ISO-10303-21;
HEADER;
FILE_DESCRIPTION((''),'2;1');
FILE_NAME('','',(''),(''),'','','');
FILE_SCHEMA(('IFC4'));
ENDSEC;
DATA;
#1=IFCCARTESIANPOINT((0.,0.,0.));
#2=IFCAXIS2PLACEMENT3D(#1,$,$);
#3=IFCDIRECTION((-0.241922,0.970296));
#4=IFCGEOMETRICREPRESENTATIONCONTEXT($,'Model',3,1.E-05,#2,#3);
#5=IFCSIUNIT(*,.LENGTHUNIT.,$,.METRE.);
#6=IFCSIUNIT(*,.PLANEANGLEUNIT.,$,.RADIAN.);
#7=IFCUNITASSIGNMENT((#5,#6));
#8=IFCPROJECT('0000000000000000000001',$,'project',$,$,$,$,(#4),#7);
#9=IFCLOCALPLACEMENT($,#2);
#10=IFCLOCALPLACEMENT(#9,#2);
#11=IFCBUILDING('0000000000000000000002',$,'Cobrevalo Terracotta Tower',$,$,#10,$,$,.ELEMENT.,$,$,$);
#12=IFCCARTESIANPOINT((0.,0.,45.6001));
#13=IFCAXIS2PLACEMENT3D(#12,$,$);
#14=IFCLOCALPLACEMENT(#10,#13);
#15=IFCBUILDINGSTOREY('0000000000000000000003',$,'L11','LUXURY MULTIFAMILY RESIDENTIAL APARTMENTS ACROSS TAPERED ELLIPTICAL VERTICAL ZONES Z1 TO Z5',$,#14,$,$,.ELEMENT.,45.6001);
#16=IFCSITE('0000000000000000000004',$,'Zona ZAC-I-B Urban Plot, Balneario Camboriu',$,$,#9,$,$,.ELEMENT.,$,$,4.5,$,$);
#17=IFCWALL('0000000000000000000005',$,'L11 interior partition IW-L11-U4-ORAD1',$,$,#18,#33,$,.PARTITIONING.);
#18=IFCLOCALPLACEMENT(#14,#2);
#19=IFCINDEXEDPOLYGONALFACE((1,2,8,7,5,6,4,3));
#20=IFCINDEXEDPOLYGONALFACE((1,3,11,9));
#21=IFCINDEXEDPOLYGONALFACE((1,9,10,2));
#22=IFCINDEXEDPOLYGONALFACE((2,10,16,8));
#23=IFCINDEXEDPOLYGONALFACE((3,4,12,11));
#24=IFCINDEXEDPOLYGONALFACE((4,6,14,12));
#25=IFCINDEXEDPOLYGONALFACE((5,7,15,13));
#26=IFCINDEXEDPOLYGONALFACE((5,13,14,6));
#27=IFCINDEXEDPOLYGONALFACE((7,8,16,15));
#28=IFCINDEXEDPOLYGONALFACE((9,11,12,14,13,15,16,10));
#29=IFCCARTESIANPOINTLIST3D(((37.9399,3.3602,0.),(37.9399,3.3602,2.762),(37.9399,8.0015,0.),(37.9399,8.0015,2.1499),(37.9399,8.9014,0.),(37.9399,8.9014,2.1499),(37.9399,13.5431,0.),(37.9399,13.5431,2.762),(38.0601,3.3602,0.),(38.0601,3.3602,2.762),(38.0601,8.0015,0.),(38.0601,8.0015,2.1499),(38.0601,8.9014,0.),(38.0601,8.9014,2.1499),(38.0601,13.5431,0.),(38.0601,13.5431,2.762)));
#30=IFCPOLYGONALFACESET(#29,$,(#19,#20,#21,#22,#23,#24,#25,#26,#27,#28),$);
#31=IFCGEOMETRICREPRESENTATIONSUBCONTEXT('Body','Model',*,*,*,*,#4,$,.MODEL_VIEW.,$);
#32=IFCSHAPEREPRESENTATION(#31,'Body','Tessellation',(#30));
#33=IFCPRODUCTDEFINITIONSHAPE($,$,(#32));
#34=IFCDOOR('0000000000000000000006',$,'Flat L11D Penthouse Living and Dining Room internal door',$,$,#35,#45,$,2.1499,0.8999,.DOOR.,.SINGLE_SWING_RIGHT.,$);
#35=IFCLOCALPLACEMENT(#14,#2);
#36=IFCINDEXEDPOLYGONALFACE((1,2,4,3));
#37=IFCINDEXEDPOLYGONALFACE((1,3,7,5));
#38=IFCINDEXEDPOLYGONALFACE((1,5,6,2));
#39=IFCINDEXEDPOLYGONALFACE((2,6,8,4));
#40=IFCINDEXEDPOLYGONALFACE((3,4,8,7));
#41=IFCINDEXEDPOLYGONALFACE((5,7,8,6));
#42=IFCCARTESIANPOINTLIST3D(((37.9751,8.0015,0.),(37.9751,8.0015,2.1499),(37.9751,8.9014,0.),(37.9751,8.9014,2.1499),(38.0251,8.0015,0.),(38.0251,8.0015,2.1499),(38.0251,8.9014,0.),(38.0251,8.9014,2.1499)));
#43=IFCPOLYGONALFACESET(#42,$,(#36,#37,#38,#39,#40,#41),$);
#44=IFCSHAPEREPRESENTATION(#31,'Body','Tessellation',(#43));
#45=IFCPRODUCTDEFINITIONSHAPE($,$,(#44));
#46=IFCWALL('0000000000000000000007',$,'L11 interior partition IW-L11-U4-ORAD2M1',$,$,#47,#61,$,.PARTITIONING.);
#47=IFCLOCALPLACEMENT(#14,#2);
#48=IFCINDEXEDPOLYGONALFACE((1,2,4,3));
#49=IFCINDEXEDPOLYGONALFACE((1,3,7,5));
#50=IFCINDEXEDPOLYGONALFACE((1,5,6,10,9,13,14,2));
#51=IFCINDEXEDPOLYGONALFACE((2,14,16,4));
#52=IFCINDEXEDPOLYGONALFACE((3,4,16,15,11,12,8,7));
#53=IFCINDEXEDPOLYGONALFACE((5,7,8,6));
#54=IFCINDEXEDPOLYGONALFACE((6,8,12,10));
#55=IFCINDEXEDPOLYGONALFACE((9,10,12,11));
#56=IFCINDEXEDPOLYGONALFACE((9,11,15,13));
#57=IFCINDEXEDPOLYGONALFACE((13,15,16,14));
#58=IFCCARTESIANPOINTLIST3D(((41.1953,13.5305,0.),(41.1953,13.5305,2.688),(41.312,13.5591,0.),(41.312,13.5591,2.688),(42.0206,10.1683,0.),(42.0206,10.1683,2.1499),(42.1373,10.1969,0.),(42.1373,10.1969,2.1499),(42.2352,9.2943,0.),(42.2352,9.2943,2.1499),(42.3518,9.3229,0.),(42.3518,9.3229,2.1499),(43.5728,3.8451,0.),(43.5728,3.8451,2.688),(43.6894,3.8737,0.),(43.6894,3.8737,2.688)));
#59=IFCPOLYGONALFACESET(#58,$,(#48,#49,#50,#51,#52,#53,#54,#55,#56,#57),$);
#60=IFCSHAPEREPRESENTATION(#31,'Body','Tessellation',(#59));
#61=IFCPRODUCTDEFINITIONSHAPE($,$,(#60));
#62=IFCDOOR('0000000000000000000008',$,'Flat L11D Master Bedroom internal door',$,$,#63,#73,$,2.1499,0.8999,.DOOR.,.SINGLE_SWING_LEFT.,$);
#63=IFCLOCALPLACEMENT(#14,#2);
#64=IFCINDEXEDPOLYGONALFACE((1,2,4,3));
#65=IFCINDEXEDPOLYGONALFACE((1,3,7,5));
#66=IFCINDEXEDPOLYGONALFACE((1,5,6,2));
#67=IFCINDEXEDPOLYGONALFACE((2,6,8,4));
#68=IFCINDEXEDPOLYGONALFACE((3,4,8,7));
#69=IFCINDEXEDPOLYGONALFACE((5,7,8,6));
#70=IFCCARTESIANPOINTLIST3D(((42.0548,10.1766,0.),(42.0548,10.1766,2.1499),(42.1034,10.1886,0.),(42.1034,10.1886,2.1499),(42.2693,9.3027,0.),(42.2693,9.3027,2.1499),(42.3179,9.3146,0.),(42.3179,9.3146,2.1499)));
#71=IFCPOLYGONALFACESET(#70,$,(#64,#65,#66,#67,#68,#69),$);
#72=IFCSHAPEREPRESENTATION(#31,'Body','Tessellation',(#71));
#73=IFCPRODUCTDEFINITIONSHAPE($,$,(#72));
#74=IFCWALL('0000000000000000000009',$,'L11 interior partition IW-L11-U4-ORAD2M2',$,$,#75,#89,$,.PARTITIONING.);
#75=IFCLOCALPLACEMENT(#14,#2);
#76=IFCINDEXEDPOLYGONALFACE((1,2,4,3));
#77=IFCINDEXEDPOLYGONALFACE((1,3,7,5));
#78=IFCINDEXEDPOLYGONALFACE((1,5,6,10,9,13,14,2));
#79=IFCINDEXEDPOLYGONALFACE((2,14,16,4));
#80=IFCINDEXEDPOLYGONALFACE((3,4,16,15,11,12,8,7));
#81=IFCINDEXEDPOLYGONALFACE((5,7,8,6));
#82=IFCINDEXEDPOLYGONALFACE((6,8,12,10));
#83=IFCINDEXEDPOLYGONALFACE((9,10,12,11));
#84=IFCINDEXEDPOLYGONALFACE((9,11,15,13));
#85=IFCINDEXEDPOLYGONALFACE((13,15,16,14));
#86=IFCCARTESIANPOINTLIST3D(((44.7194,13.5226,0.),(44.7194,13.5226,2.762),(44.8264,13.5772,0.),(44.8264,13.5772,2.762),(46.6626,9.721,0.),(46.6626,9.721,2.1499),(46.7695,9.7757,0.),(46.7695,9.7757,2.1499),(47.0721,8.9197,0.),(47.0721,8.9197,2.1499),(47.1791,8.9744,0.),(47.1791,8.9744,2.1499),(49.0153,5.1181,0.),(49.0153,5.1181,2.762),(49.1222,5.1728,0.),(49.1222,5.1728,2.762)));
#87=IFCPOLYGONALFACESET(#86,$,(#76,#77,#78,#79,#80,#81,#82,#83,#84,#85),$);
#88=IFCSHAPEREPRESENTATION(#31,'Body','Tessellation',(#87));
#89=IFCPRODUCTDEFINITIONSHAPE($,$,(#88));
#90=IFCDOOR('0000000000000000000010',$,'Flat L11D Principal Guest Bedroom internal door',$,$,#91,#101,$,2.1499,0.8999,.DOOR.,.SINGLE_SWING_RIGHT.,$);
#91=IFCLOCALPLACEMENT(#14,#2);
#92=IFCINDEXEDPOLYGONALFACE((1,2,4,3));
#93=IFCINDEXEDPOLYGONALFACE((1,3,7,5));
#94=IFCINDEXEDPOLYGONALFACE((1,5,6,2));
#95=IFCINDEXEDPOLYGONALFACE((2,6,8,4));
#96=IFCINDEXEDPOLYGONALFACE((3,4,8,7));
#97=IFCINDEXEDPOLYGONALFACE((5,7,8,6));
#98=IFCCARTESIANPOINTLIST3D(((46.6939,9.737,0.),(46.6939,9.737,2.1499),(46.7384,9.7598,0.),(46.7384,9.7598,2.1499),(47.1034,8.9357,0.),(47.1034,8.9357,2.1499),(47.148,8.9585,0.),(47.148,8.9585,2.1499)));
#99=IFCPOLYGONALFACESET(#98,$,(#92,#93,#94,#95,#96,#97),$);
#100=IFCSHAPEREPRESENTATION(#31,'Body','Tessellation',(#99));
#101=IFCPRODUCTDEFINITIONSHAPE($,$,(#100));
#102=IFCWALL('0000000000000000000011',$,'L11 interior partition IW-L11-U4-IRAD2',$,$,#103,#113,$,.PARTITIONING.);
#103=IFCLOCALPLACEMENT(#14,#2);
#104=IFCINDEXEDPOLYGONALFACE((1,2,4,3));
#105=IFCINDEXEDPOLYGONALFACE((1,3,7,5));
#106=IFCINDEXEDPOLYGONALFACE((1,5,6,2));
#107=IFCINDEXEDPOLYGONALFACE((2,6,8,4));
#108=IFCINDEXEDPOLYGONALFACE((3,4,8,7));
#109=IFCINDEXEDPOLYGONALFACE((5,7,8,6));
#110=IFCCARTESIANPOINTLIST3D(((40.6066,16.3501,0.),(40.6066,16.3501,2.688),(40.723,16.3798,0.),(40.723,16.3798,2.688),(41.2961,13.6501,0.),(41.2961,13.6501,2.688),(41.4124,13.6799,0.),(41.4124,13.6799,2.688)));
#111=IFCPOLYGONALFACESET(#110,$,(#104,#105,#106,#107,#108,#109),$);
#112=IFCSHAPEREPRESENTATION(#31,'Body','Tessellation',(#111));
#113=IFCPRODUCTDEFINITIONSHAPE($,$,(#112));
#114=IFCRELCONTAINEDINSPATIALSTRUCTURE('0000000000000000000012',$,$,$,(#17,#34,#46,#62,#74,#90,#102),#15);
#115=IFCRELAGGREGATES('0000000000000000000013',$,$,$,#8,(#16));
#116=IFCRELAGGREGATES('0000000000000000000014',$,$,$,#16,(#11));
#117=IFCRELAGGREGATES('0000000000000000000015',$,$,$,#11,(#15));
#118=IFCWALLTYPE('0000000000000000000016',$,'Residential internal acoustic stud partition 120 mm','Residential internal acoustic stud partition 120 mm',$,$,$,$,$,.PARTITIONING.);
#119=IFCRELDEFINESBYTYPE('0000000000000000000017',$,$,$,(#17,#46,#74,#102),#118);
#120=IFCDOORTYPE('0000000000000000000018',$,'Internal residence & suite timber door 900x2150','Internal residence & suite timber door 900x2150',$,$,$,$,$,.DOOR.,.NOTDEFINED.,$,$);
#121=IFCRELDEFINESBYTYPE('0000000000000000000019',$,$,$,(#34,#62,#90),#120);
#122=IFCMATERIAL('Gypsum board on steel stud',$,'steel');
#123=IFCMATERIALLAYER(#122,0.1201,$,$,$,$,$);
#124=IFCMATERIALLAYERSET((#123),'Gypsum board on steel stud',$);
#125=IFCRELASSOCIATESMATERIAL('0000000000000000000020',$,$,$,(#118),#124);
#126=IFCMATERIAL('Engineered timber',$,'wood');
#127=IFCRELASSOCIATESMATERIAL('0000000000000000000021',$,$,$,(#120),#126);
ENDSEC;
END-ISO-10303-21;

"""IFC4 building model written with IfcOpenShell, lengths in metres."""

from ifc_helpers import new_model, si_unit, direction, frame, frame_2d, origin, place, context, subcontext, project, spatial, rectangle, extrude, source, transform, mapped, material, layer, layer_set, type_object, element, fill, save


model = new_model("IFC4")

# Units and contexts
model_context = context("Model", 3, precision=1e-05, world=origin(), true_north=direction((-0.241922, 0.970296)))
body_context = subcontext(model_context, "Body", "Model", "MODEL_VIEW")
ifc_project = project(units=[si_unit("LENGTHUNIT", "METRE"), si_unit("PLANEANGLEUNIT", "RADIAN")], contexts=[model_context])

# Site, building, storey
site_placement = place(None, origin())
site = spatial("IfcSite", under=ifc_project, at=site_placement, Name="Zona ZAC-I-B Urban Plot, Balneario Camboriu", CompositionType="ELEMENT", RefElevation=4.5)
building_placement = place(site_placement, origin())
building = spatial("IfcBuilding", under=site, at=building_placement, Name="Cobrevalo Terracotta Tower", CompositionType="ELEMENT")
storey_placement = place(building_placement, frame((0.0, 0.0, 45.6001)))
storey = spatial("IfcBuildingStorey", under=building, at=storey_placement, Name="L11", Description="LUXURY MULTIFAMILY RESIDENTIAL APARTMENTS ACROSS TAPERED ELLIPTICAL VERTICAL ZONES Z1 TO Z5", CompositionType="ELEMENT", Elevation=45.6001)

# Walls, openings, doors
ifc_material_1 = material(Name="Gypsum board on steel stud", Category="steel")
ifc_layer_1 = layer(ifc_material_1, 0.1201)
ifc_layer_set_1 = layer_set([ifc_layer_1], Name="Gypsum board on steel stud")
wall_type = type_object("IfcWallType", Name="Residential internal acoustic stud partition 120 mm", Description="Residential internal acoustic stud partition 120 mm", PredefinedType="PARTITIONING", material=ifc_layer_set_1)
wall_1_placement = place(storey_placement, frame((38.0, 13.543, 0.0), z_axis=(0.0, 0.0, 1.0), x_axis=(0.0, -1.0, 0.0)))
wall_1 = element("IfcWall", 1, at=wall_1_placement, inside=storey, type_object=wall_type, Name="L11 interior partition IW-L11-U4-ORAD1", PredefinedType="PARTITIONING", context=body_context, shape_type="SweptSolid", body=[
    extrude(rectangle(XDim=10.1829, YDim=0.1201, at=frame_2d((5.0913, 0.0))), origin(), (0.0, 0.0, 1.0), 2.762),
])
opening_1_placement = place(wall_1_placement, frame((4.6416, 0.0, 0.0)))
opening_1 = element("IfcOpeningElement", 2, at=opening_1_placement, cuts=wall_1, PredefinedType="OPENING", context=body_context, shape_type="SweptSolid", body=[
    extrude(rectangle(XDim=0.8999, YDim=2.1499, at=frame_2d((0.45, 1.075))), frame((0.0, 0.0701, 0.0), z_axis=(0.0, -1.0, 0.0), x_axis=(1.0, 0.0, 0.0)), (0.0, 0.0, 1.0), 0.1401),
])
ifc_material_2 = material(Name="Engineered timber", Category="wood")
door_type_1 = type_object("IfcDoorType", Name="Internal residence & suite timber door 900x2150", Description="Internal residence & suite timber door 900x2150", OperationType="NOTDEFINED", PredefinedType="DOOR", material=ifc_material_2)
shared_shape_1 = source(origin(), body_context, "Body", "SweptSolid", [
    extrude(rectangle(XDim=0.8999, YDim=2.1499, at=frame_2d((0.45, 1.075))), frame((0.0, 0.0249, 0.0), z_axis=(0.0, -1.0, 0.0), x_axis=(1.0, 0.0, 0.0)), (0.0, 0.0, 1.0), 0.05),
])
door_1_placement = place(opening_1_placement, frame((0.8999, 0.0, 0.0), z_axis=(0.0, 0.0, 1.0), x_axis=(-1.0, 0.0, 0.0)))
door_1 = element("IfcDoor", 3, at=door_1_placement, inside=storey, type_object=door_type_1, Name="Flat L11D Penthouse Living and Dining Room internal door", OperationType="SINGLE_SWING_RIGHT", OverallHeight=2.1499, OverallWidth=0.8999, PredefinedType="DOOR", context=body_context, shape_type="MappedRepresentation", body=[
    mapped(shared_shape_1, transform((0.0, 0.0, 0.0), scale=1.0)),
])
fill(opening_1, door_1)
wall_2_placement = place(storey_placement, frame((41.2537, 13.5447, 0.0), z_axis=(0.0, 0.0, 1.0), x_axis=(0.238392, -0.971169, 0.0)))
wall_2 = element("IfcWall", 4, at=wall_2_placement, inside=storey, type_object=wall_type, Name="L11 interior partition IW-L11-U4-ORAD2M1", PredefinedType="PARTITIONING", context=body_context, shape_type="SweptSolid", body=[
    extrude(rectangle(XDim=9.9729, YDim=0.1201, at=frame_2d((4.9863, 0.0))), origin(), (0.0, 0.0, 1.0), 2.688),
])
opening_2_placement = place(wall_2_placement, frame((3.4619, 0.0, 0.0)))
opening_2 = element("IfcOpeningElement", 5, at=opening_2_placement, cuts=wall_2, PredefinedType="OPENING", context=body_context, shape_type="SweptSolid", body=[
    extrude(rectangle(XDim=0.8999, YDim=2.1499, at=frame_2d((0.45, 1.075))), frame((0.0, 0.0701, 0.0), z_axis=(0.0, -1.0, 0.0), x_axis=(1.0, 0.0, 0.0)), (0.0, 0.0, 1.0), 0.1401),
])
door_2_placement = place(opening_2_placement, frame((0.8999, 0.0, 0.0), z_axis=(0.0, 0.0, 1.0), x_axis=(-1.0, 0.0, 0.0)))
door_2 = element("IfcDoor", 6, at=door_2_placement, inside=storey, type_object=door_type_1, Name="Flat L11D Master Bedroom internal door", OperationType="SINGLE_SWING_LEFT", OverallHeight=2.1499, OverallWidth=0.8999, PredefinedType="DOOR", context=body_context, shape_type="MappedRepresentation", body=[
    mapped(shared_shape_1, transform((0.0, 0.0, 0.0), scale=1.0)),
])
fill(opening_2, door_2)
wall_3_placement = place(storey_placement, frame((44.7729, 13.5498, 0.0), z_axis=(0.0, 0.0, 1.0), x_axis=(0.455132, -0.890424, 0.0)))
wall_3 = element("IfcWall", 7, at=wall_3_placement, inside=storey, type_object=wall_type, Name="L11 interior partition IW-L11-U4-ORAD2M2", PredefinedType="PARTITIONING", context=body_context, shape_type="SweptSolid", body=[
    extrude(rectangle(XDim=9.4387, YDim=0.1201, at=frame_2d((4.7192, 0.0))), origin(), (0.0, 0.0, 1.0), 2.762),
])
opening_3_placement = place(wall_3_placement, frame((4.2693, 0.0, 0.0)))
opening_3 = element("IfcOpeningElement", 8, at=opening_3_placement, cuts=wall_3, PredefinedType="OPENING", context=body_context, shape_type="SweptSolid", body=[
    extrude(rectangle(XDim=0.8999, YDim=2.1499, at=frame_2d((0.45, 1.075))), frame((0.0, 0.0701, 0.0), z_axis=(0.0, -1.0, 0.0), x_axis=(1.0, 0.0, 0.0)), (0.0, 0.0, 1.0), 0.1401),
])
door_3_placement = place(opening_3_placement, frame((0.8999, 0.0, 0.0), z_axis=(0.0, 0.0, 1.0), x_axis=(-1.0, 0.0, 0.0)))
door_3 = element("IfcDoor", 9, at=door_3_placement, inside=storey, type_object=door_type_1, Name="Flat L11D Principal Guest Bedroom internal door", OperationType="SINGLE_SWING_RIGHT", OverallHeight=2.1499, OverallWidth=0.8999, PredefinedType="DOOR", context=body_context, shape_type="MappedRepresentation", body=[
    mapped(shared_shape_1, transform((0.0, 0.0, 0.0), scale=1.0)),
])
fill(opening_3, door_3)

# Wall
wall_4_placement = place(storey_placement, frame((40.6648, 16.365, 0.0), z_axis=(0.0, 0.0, 1.0), x_axis=(0.247418, -0.968909, 0.0)))
element("IfcWall", 10, at=wall_4_placement, inside=storey, type_object=wall_type, Name="L11 interior partition IW-L11-U4-IRAD2", PredefinedType="PARTITIONING", context=body_context, shape_type="SweptSolid", body=[
    extrude(rectangle(XDim=2.7866, YDim=0.1201, at=frame_2d((1.3933, 0.0))), origin(), (0.0, 0.0, 1.0), 2.688),
])

save(model, "model.ifc")
